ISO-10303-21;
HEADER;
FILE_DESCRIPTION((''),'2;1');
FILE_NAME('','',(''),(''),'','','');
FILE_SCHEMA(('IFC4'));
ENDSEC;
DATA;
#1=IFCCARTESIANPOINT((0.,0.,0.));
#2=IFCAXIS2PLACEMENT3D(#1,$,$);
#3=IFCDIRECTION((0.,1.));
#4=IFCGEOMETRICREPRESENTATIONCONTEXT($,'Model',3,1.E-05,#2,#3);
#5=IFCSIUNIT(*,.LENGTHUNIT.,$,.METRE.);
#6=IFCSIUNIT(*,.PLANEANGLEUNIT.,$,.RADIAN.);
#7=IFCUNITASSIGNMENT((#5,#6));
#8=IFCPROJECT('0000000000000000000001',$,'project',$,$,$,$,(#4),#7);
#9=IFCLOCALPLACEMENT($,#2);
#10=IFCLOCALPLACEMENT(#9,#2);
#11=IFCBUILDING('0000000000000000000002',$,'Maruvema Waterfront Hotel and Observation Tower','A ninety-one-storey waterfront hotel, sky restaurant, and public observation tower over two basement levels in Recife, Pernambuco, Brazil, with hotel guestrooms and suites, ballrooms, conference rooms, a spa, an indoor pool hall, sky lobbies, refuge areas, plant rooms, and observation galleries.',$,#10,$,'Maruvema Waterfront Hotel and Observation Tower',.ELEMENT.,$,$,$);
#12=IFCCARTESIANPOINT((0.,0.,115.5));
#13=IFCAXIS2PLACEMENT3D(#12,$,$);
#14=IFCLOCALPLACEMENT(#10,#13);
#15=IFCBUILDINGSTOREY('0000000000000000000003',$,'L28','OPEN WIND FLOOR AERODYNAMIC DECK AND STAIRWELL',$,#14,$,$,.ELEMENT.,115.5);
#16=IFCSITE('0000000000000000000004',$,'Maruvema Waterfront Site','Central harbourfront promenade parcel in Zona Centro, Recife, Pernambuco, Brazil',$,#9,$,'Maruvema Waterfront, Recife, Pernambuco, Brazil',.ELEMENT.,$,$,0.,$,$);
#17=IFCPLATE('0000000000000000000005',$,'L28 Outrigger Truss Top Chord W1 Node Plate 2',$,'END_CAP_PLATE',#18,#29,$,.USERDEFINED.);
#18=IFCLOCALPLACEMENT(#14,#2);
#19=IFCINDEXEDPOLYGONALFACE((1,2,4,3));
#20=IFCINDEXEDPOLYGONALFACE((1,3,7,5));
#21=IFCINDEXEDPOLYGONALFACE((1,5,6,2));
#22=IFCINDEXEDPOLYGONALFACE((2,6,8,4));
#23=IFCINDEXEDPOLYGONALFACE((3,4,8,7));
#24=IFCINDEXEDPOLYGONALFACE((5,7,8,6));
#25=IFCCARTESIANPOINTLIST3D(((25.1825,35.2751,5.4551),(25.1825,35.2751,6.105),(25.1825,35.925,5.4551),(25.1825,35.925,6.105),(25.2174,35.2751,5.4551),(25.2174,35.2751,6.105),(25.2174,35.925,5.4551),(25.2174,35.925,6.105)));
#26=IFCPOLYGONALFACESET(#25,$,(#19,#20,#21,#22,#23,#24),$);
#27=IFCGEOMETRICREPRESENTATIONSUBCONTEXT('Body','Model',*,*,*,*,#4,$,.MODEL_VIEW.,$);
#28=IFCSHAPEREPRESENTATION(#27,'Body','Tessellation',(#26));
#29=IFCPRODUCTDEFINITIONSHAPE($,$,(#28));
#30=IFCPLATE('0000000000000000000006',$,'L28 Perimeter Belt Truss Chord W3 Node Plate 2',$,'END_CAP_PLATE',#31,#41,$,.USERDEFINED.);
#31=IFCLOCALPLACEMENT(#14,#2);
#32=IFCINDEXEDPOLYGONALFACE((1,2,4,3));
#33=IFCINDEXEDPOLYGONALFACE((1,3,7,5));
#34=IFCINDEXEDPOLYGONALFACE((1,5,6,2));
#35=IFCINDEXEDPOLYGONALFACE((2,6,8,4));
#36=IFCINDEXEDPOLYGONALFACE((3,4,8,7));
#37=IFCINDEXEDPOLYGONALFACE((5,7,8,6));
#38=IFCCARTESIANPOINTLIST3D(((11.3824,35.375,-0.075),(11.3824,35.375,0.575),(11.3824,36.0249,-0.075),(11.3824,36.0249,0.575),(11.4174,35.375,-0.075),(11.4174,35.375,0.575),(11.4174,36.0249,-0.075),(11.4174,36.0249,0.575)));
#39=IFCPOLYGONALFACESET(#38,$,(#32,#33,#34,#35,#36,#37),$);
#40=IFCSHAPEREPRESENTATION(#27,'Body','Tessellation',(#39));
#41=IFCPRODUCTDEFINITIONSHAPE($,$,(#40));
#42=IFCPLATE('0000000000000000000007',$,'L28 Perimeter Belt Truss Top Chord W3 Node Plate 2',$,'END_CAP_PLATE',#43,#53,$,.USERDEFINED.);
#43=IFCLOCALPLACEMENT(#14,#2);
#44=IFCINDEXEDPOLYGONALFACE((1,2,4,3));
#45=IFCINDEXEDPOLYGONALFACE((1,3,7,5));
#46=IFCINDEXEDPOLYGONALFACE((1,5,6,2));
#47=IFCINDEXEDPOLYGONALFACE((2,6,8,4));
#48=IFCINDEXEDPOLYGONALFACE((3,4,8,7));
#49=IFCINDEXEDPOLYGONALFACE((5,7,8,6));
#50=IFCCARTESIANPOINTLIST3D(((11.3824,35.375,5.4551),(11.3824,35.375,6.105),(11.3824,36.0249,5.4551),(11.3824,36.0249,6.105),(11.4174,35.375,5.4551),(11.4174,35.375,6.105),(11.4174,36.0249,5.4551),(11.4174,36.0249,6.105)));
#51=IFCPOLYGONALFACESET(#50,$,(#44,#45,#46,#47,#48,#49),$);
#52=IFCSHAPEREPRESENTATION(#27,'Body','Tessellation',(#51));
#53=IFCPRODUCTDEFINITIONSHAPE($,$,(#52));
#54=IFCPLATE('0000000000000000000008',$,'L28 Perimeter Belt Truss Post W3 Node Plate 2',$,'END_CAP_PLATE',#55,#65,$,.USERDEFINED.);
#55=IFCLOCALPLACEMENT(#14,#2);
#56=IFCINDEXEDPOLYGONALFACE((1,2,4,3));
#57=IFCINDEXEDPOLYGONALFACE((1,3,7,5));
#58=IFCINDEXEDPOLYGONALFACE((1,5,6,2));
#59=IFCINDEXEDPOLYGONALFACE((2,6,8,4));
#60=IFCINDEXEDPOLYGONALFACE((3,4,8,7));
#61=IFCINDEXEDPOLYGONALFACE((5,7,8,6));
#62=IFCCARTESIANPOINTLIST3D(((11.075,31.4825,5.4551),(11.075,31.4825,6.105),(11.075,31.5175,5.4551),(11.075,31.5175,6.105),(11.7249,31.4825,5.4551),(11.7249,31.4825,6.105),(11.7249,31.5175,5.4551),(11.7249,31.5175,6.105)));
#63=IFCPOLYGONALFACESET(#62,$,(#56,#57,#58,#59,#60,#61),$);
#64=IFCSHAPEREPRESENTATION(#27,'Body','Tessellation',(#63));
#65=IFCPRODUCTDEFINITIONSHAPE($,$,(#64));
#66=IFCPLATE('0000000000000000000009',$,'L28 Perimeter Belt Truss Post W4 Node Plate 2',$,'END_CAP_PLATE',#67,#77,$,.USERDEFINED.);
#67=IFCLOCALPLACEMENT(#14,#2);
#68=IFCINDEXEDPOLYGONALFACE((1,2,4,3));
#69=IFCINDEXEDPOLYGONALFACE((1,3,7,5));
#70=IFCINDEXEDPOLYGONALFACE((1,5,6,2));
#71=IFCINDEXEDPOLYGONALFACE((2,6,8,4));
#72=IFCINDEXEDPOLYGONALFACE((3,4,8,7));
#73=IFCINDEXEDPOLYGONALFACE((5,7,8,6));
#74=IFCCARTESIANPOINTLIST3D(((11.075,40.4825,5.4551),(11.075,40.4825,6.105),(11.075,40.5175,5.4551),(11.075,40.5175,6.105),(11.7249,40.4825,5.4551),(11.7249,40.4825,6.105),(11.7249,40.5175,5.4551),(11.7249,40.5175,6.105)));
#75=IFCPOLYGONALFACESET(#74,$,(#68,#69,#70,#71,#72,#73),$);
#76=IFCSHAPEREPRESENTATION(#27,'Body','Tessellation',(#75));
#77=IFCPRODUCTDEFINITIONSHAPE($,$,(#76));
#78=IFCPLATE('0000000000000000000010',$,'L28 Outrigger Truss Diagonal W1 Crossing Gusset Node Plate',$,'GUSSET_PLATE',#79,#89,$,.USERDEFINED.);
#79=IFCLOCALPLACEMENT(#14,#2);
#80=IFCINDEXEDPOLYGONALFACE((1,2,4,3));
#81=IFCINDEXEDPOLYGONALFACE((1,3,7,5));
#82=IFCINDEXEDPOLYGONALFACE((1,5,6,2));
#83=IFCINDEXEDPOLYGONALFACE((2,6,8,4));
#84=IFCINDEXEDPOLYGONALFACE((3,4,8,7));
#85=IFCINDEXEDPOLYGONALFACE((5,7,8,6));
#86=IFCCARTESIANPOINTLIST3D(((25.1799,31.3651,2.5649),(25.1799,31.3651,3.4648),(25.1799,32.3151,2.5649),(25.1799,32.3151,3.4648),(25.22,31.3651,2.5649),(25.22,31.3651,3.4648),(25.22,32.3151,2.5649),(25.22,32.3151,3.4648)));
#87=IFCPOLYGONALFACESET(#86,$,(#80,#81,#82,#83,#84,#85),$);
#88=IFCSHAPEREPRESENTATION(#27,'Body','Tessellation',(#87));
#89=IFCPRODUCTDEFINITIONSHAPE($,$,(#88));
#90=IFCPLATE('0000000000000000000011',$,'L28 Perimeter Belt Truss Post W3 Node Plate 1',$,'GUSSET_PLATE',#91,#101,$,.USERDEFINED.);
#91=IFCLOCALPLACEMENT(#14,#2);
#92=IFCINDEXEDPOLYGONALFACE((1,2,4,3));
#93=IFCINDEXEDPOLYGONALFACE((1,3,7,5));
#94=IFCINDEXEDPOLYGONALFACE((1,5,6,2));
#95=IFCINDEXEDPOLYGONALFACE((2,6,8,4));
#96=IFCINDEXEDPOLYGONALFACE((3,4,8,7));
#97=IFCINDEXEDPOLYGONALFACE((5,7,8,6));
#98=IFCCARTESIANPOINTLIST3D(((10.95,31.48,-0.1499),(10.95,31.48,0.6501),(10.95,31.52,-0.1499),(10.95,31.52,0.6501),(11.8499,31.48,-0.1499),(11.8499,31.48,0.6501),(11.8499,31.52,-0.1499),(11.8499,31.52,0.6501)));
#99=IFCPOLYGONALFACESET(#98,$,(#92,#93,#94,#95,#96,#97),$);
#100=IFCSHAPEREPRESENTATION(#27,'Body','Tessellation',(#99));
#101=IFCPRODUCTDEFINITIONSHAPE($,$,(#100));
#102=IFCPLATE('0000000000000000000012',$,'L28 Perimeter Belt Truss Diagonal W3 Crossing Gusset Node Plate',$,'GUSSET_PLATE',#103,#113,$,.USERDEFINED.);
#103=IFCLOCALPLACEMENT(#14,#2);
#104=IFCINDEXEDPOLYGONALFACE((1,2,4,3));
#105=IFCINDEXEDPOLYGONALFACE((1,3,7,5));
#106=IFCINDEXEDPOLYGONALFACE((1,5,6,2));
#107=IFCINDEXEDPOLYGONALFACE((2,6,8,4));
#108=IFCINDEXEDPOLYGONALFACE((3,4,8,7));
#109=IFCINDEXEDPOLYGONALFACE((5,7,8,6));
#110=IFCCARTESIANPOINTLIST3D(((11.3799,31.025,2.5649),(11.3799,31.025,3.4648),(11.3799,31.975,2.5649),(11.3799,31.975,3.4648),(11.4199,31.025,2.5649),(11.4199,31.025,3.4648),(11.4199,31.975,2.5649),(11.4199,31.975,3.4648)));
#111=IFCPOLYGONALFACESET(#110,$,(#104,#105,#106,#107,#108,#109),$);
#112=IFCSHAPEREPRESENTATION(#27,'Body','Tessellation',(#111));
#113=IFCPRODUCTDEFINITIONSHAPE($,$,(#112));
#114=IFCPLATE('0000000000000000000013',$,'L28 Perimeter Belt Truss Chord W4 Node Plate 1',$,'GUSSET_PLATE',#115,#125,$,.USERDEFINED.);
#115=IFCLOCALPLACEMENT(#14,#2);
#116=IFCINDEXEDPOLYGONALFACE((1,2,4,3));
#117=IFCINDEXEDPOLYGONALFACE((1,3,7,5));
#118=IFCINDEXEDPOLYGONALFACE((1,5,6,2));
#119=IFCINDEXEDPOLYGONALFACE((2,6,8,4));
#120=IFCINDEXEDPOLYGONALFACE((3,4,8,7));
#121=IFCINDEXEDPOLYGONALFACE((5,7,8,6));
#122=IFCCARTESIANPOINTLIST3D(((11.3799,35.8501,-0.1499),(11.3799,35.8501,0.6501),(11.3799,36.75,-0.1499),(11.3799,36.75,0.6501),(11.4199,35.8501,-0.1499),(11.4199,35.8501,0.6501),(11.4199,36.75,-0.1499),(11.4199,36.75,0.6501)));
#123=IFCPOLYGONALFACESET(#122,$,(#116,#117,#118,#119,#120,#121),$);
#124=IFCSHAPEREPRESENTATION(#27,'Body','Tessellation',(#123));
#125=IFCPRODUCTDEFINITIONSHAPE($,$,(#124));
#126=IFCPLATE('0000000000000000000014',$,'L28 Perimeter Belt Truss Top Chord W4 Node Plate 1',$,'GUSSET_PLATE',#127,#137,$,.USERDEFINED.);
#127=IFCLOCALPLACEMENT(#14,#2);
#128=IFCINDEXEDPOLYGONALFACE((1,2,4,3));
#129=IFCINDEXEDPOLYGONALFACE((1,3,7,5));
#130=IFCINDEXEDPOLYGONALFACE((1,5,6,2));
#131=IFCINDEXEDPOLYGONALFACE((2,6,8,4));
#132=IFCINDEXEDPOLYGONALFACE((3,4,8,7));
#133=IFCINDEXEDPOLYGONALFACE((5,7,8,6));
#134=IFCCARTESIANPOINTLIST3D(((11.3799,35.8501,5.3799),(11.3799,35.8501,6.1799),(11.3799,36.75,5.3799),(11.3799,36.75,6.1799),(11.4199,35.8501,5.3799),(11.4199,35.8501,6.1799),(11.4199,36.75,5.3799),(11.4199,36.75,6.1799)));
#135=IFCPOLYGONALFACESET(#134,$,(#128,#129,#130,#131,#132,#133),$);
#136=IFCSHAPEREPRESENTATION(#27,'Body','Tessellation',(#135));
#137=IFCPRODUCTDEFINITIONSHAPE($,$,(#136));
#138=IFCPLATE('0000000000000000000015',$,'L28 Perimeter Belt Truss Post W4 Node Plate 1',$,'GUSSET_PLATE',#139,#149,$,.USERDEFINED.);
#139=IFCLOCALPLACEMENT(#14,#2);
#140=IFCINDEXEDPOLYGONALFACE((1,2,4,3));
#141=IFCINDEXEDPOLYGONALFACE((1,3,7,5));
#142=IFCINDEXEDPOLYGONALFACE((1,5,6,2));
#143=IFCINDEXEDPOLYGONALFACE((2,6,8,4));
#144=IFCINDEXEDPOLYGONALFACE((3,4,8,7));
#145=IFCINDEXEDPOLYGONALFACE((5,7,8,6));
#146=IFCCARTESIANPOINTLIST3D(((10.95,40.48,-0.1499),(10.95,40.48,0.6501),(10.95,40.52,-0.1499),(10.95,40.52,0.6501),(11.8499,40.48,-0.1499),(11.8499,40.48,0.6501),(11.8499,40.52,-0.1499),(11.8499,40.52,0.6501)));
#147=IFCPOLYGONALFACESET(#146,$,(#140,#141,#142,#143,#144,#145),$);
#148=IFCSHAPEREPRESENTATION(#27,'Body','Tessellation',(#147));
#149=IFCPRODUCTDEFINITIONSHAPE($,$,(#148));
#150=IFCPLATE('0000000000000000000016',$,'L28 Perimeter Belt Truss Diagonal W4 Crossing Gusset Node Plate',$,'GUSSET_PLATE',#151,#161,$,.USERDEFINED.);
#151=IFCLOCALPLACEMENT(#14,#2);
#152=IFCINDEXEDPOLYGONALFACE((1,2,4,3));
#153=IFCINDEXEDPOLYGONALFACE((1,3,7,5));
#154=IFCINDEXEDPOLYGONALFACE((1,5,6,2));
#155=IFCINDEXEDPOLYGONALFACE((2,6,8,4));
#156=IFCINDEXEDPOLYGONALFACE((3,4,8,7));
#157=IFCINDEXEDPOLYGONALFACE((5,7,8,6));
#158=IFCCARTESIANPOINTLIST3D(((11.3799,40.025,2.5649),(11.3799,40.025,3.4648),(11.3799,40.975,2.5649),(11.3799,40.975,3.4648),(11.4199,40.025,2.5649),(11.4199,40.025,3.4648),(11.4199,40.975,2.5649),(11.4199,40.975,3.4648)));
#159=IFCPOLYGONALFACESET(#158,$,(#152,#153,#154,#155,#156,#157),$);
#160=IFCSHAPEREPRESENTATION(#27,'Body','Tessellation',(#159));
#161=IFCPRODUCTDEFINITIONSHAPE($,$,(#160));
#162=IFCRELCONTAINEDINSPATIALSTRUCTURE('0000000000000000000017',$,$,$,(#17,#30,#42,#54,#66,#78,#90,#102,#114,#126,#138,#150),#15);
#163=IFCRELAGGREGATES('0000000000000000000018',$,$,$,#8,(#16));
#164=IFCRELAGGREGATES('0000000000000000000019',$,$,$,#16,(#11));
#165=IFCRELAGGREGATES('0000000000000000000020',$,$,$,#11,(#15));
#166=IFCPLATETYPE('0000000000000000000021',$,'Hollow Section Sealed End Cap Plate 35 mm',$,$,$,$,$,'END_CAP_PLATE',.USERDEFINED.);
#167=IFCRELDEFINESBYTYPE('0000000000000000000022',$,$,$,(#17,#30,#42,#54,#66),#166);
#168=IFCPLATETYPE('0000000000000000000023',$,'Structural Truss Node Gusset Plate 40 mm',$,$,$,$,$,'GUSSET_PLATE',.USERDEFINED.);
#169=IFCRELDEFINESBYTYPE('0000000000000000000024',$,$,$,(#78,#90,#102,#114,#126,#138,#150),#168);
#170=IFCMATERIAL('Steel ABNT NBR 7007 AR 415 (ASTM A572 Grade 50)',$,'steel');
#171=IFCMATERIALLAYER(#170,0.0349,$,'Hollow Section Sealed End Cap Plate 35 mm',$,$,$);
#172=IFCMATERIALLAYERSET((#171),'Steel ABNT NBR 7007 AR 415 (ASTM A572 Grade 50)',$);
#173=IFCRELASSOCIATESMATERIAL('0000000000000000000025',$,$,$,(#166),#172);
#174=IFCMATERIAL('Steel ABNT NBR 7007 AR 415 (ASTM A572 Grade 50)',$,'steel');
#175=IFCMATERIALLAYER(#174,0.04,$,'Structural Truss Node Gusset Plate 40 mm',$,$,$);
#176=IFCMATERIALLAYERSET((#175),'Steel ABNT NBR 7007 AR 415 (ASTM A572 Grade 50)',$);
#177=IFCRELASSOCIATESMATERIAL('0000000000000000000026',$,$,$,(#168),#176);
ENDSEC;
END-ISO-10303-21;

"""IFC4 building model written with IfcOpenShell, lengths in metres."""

from ifc_helpers import new_model, si_unit, direction, frame, origin, origin_2d, place, context, subcontext, project, spatial, rectangle, extrude, material, layer, layer_set, type_object, element, save


model = new_model("IFC4")

# Units and contexts
model_context = context("Model", 3, precision=1e-05, world=origin(), true_north=direction((0.0, 1.0)))
body_context = subcontext(model_context, "Body", "Model", "MODEL_VIEW")
ifc_project = project(units=[si_unit("LENGTHUNIT", "METRE"), si_unit("PLANEANGLEUNIT", "RADIAN")], contexts=[model_context])

# Site, building, storey
site_placement = place(None, origin())
site = spatial("IfcSite", under=ifc_project, at=site_placement, Name="Maruvema Waterfront Site", Description="Central harbourfront promenade parcel in Zona Centro, Recife, Pernambuco, Brazil", LongName="Maruvema Waterfront, Recife, Pernambuco, Brazil", CompositionType="ELEMENT", RefElevation=0.0)
building_placement = place(site_placement, origin())
building = spatial("IfcBuilding", under=site, at=building_placement, Name="Maruvema Waterfront Hotel and Observation Tower", Description="A ninety-one-storey waterfront hotel, sky restaurant, and public observation tower over two basement levels in Recife, Pernambuco, Brazil, with hotel guestrooms and suites, ballrooms, conference rooms, a spa, an indoor pool hall, sky lobbies, refuge areas, plant rooms, and observation galleries.", LongName="Maruvema Waterfront Hotel and Observation Tower", CompositionType="ELEMENT")
storey_placement = place(building_placement, frame((0.0, 0.0, 115.5)))
storey = spatial("IfcBuildingStorey", under=building, at=storey_placement, Name="L28", Description="OPEN WIND FLOOR AERODYNAMIC DECK AND STAIRWELL", CompositionType="ELEMENT", Elevation=115.5)

# Plates
ifc_material_1 = material(Name="Steel ABNT NBR 7007 AR 415 (ASTM A572 Grade 50)", Category="steel")
ifc_layer_1 = layer(ifc_material_1, 0.0349, Name="Hollow Section Sealed End Cap Plate 35 mm")
ifc_layer_set_1 = layer_set([ifc_layer_1], Name="Steel ABNT NBR 7007 AR 415 (ASTM A572 Grade 50)")
plate_type_1 = type_object("IfcPlateType", Name="Hollow Section Sealed End Cap Plate 35 mm", ElementType="END_CAP_PLATE", PredefinedType="USERDEFINED", material=ifc_layer_set_1)
for number, where, z_axis, x_axis, name in (
    (1, (25.2, 35.6001, 5.4551), (0.0, 0.0, 1.0), (0.0, 1.0, 0.0), "L28 Outrigger Truss Top Chord W1 Node Plate 2"),
    (2, (11.3999, 35.7, -0.075), (0.0, 0.0, 1.0), (0.0, 1.0, 0.0), "L28 Perimeter Belt Truss Chord W3 Node Plate 2"),
    (3, (11.3999, 35.7, 5.4551), (0.0, 0.0, 1.0), (0.0, 1.0, 0.0), "L28 Perimeter Belt Truss Top Chord W3 Node Plate 2"),
    (4, (11.3999, 31.5, 5.4551), (0.0, 0.0, 1.0), (1.0, 0.0, 0.0), "L28 Perimeter Belt Truss Post W3 Node Plate 2"),
    (5, (11.3999, 40.5, 5.4551), (0.0, 0.0, 1.0), (1.0, 0.0, 0.0), "L28 Perimeter Belt Truss Post W4 Node Plate 2"),
):
    element("IfcPlate", number, at=place(storey_placement, frame(where, z_axis=z_axis, x_axis=x_axis)), inside=storey, type_object=plate_type_1, Name=name, ObjectType="END_CAP_PLATE", PredefinedType="USERDEFINED", context=body_context, shape_type="SweptSolid", body=[
        extrude(rectangle(XDim=0.6499, YDim=0.0349, at=origin_2d()), origin(), (0.0, 0.0, 1.0), 0.6499),
    ])
ifc_material_2 = material(Name="Steel ABNT NBR 7007 AR 415 (ASTM A572 Grade 50)", Category="steel")
ifc_layer_2 = layer(ifc_material_2, 0.04, Name="Structural Truss Node Gusset Plate 40 mm")
ifc_layer_set_2 = layer_set([ifc_layer_2], Name="Steel ABNT NBR 7007 AR 415 (ASTM A572 Grade 50)")
plate_type_2 = type_object("IfcPlateType", Name="Structural Truss Node Gusset Plate 40 mm", ElementType="GUSSET_PLATE", PredefinedType="USERDEFINED", material=ifc_layer_set_2)
plate_1_placement = place(storey_placement, frame((25.2, 31.8401, 2.5649), z_axis=(0.0, 0.0, 1.0), x_axis=(0.0, -1.0, 0.0)))
element("IfcPlate", 6, at=plate_1_placement, inside=storey, type_object=plate_type_2, Name="L28 Outrigger Truss Diagonal W1 Crossing Gusset Node Plate", ObjectType="GUSSET_PLATE", PredefinedType="USERDEFINED", context=body_context, shape_type="SweptSolid", body=[
    extrude(rectangle(XDim=0.95, YDim=0.04, at=origin_2d()), origin(), (0.0, 0.0, 1.0), 0.8999),
])
plate_2_placement = place(storey_placement, frame((11.3999, 31.5, -0.1499), z_axis=(0.0, 0.0, 1.0), x_axis=(1.0, 0.0, 0.0)))
element("IfcPlate", 7, at=plate_2_placement, inside=storey, type_object=plate_type_2, Name="L28 Perimeter Belt Truss Post W3 Node Plate 1", ObjectType="GUSSET_PLATE", PredefinedType="USERDEFINED", context=body_context, shape_type="SweptSolid", body=[
    extrude(rectangle(XDim=0.8999, YDim=0.04, at=origin_2d()), origin(), (0.0, 0.0, 1.0), 0.8),
])
plate_3_placement = place(storey_placement, frame((11.3999, 31.5, 2.5649), z_axis=(0.0, 0.0, 1.0), x_axis=(0.0, -1.0, 0.0)))
element("IfcPlate", 8, at=plate_3_placement, inside=storey, type_object=plate_type_2, Name="L28 Perimeter Belt Truss Diagonal W3 Crossing Gusset Node Plate", ObjectType="GUSSET_PLATE", PredefinedType="USERDEFINED", context=body_context, shape_type="SweptSolid", body=[
    extrude(rectangle(XDim=0.95, YDim=0.04, at=origin_2d()), origin(), (0.0, 0.0, 1.0), 0.8999),
])
for number, where, z_axis, x_axis, name in (
    (9, (11.3999, 36.3, -0.1499), (0.0, 0.0, 1.0), (0.0, 1.0, 0.0), "L28 Perimeter Belt Truss Chord W4 Node Plate 1"),
    (10, (11.3999, 36.3, 5.3799), (0.0, 0.0, 1.0), (0.0, 1.0, 0.0), "L28 Perimeter Belt Truss Top Chord W4 Node Plate 1"),
    (11, (11.3999, 40.5, -0.1499), (0.0, 0.0, 1.0), (1.0, 0.0, 0.0), "L28 Perimeter Belt Truss Post W4 Node Plate 1"),
):
    element("IfcPlate", number, at=place(storey_placement, frame(where, z_axis=z_axis, x_axis=x_axis)), inside=storey, type_object=plate_type_2, Name=name, ObjectType="GUSSET_PLATE", PredefinedType="USERDEFINED", context=body_context, shape_type="SweptSolid", body=[
        extrude(rectangle(XDim=0.8999, YDim=0.04, at=origin_2d()), origin(), (0.0, 0.0, 1.0), 0.8),
    ])
plate_4_placement = place(storey_placement, frame((11.3999, 40.5, 2.5649), z_axis=(0.0, 0.0, 1.0), x_axis=(0.0, -1.0, 0.0)))
element("IfcPlate", 12, at=plate_4_placement, inside=storey, type_object=plate_type_2, Name="L28 Perimeter Belt Truss Diagonal W4 Crossing Gusset Node Plate", ObjectType="GUSSET_PLATE", PredefinedType="USERDEFINED", context=body_context, shape_type="SweptSolid", body=[
    extrude(rectangle(XDim=0.95, YDim=0.04, at=origin_2d()), origin(), (0.0, 0.0, 1.0), 0.8999),
])

save(model, "model.ifc")
